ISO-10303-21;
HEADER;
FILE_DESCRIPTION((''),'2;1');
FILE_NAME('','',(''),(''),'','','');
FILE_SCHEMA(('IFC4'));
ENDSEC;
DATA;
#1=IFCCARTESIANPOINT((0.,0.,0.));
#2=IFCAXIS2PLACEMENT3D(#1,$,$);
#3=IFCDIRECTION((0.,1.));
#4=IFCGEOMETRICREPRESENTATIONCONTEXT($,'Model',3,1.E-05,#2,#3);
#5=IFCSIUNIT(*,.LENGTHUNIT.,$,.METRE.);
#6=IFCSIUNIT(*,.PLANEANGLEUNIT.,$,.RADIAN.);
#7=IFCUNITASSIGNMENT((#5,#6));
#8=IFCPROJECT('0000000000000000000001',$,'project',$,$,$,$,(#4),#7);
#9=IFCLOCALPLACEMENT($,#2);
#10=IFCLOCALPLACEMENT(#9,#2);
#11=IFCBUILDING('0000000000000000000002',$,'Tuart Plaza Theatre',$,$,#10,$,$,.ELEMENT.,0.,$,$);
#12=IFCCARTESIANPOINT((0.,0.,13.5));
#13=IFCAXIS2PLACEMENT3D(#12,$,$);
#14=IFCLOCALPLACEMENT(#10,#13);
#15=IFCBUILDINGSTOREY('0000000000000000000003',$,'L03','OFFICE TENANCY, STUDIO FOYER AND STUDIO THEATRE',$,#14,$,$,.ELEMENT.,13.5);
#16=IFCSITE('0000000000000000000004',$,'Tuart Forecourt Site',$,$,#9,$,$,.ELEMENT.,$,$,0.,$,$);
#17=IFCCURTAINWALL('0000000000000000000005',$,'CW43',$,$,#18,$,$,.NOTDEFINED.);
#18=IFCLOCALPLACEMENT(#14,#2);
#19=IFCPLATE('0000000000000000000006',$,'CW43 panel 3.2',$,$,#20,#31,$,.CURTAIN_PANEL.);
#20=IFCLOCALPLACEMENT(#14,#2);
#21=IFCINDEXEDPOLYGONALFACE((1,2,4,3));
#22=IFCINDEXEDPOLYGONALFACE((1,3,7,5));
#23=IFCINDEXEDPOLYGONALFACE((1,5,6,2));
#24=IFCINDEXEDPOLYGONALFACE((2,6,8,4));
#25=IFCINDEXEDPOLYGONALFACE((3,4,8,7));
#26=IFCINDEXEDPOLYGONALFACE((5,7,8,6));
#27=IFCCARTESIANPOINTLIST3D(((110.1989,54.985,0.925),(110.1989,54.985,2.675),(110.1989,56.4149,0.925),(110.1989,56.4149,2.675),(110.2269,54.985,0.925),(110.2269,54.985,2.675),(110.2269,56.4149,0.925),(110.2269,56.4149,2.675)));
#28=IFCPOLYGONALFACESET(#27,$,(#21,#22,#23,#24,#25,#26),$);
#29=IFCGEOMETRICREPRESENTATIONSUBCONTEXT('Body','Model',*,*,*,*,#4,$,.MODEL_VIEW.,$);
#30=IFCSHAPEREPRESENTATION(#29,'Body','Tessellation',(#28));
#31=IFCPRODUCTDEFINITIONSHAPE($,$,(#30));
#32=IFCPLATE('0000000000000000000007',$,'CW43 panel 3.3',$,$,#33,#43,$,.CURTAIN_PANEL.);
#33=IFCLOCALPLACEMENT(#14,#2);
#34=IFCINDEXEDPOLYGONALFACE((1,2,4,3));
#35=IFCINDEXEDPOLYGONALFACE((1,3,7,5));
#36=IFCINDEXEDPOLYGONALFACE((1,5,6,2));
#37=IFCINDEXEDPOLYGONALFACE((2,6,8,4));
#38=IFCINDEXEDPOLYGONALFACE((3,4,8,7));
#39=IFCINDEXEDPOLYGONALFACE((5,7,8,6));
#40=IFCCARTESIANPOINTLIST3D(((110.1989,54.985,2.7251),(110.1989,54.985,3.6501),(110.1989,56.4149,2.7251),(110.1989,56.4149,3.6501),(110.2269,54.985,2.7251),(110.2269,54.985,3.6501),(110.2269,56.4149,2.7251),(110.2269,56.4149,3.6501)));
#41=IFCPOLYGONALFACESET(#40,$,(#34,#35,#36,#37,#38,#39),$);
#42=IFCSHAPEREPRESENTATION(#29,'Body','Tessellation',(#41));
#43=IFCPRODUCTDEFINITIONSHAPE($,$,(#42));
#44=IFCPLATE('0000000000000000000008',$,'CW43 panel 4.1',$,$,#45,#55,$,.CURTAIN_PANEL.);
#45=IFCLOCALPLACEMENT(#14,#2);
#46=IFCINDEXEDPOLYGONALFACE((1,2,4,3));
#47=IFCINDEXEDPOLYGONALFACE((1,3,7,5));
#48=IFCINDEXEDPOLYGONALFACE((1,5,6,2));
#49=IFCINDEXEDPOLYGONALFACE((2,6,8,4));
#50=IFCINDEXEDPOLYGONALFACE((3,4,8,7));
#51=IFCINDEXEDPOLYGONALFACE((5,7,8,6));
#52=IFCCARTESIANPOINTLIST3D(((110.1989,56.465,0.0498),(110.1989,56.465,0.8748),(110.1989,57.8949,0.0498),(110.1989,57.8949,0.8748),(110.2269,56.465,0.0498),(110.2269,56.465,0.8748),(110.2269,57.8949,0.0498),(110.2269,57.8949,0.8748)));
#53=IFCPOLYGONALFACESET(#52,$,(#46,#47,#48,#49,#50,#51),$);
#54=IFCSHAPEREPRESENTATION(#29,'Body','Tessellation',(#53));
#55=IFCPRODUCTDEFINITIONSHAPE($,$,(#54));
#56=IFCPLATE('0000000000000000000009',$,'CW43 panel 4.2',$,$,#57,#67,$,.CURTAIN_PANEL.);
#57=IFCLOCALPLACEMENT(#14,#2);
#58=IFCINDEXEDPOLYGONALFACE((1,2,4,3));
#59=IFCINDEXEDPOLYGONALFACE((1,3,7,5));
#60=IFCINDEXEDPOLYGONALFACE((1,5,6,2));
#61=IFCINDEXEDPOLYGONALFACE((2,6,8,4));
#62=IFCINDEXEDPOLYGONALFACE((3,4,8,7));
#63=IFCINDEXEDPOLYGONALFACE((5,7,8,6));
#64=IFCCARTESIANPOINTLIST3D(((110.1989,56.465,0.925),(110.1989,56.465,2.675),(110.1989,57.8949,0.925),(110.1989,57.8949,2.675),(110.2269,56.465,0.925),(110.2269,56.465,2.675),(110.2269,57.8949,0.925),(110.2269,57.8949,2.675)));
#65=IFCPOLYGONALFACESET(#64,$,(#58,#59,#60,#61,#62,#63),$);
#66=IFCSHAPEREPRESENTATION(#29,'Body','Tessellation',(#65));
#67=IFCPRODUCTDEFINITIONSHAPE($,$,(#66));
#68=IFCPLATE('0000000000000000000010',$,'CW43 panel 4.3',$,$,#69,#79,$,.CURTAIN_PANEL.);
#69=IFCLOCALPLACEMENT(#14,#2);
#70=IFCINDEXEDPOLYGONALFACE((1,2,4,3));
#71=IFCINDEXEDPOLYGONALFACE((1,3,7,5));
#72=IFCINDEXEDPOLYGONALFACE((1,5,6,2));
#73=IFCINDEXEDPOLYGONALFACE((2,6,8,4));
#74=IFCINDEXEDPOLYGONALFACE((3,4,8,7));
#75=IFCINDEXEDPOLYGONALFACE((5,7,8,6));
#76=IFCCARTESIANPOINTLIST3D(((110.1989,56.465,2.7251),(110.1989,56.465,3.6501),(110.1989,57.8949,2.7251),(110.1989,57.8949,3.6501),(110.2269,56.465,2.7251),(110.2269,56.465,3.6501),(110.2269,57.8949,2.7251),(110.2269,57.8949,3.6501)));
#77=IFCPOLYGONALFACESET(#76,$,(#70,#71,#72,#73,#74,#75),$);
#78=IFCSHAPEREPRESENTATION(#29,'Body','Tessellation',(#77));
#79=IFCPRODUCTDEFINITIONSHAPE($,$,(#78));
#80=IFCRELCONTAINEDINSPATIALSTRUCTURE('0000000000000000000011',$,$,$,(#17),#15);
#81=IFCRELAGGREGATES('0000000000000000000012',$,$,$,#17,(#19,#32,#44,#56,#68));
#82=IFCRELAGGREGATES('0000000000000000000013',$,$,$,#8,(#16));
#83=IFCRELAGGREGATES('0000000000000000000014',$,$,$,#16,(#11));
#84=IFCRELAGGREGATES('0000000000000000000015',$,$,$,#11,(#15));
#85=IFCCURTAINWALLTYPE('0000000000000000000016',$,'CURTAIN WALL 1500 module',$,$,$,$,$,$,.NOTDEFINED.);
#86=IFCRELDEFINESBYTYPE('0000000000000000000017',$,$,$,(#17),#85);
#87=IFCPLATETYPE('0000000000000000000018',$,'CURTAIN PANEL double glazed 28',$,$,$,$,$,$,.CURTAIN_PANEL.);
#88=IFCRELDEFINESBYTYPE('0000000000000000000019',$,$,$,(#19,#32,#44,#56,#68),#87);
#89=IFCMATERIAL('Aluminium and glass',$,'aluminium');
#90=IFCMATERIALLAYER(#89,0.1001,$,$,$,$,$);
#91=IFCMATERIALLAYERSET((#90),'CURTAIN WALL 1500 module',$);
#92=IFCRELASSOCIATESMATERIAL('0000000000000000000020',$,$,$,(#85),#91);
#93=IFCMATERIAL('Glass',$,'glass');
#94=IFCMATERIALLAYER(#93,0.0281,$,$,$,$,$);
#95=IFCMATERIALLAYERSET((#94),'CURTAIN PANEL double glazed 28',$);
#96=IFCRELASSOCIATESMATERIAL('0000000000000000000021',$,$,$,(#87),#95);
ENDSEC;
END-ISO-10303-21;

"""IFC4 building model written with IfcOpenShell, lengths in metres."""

from ifc_helpers import new_model, si_unit, direction, frame, origin, origin_2d, place, context, subcontext, project, spatial, rectangle, extrude, material, layer, layer_set, type_object, element, aggregate, save


model = new_model("IFC4")

# Units and contexts
model_context = context("Model", 3, precision=1e-05, world=origin(), true_north=direction((0.0, 1.0)))
body_context = subcontext(model_context, "Body", "Model", "MODEL_VIEW")
ifc_project = project(units=[si_unit("LENGTHUNIT", "METRE"), si_unit("PLANEANGLEUNIT", "RADIAN")], contexts=[model_context])

# Site, building, storey
site_placement = place(None, origin())
site = spatial("IfcSite", under=ifc_project, at=site_placement, Name="Tuart Forecourt Site", CompositionType="ELEMENT", RefElevation=0.0)
building_placement = place(site_placement, origin())
building = spatial("IfcBuilding", under=site, at=building_placement, Name="Tuart Plaza Theatre", CompositionType="ELEMENT", ElevationOfRefHeight=0.0)
storey_placement = place(building_placement, frame((0.0, 0.0, 13.5)))
storey = spatial("IfcBuildingStorey", under=building, at=storey_placement, Name="L03", Description="OFFICE TENANCY, STUDIO FOYER AND STUDIO THEATRE", CompositionType="ELEMENT", Elevation=13.5)

# Curtain wall, plates
ifc_material_1 = material(Name="Aluminium and glass", Category="aluminium")
ifc_layer_1 = layer(ifc_material_1, 0.1001)
ifc_layer_set_1 = layer_set([ifc_layer_1], Name="CURTAIN WALL 1500 module")
curtain_wall_type = type_object("IfcCurtainWallType", Name="CURTAIN WALL 1500 module", PredefinedType="NOTDEFINED", material=ifc_layer_set_1)
curtain_wall_placement = place(storey_placement, origin())
curtain_wall = element("IfcCurtainWall", 1, at=curtain_wall_placement, inside=storey, type_object=curtain_wall_type, Name="CW43", PredefinedType="NOTDEFINED")
ifc_material_2 = material(Name="Glass", Category="glass")
ifc_layer_2 = layer(ifc_material_2, 0.0281)
ifc_layer_set_2 = layer_set([ifc_layer_2], Name="CURTAIN PANEL double glazed 28")
plate_type = type_object("IfcPlateType", Name="CURTAIN PANEL double glazed 28", PredefinedType="CURTAIN_PANEL", material=ifc_layer_set_2)
plate_1_placement = place(storey_placement, frame((110.2129, 55.7, 0.925), z_axis=(0.0, 0.0, 1.0), x_axis=(0.0, 1.0, 0.0)))
plate_1 = element("IfcPlate", 2, at=plate_1_placement, type_object=plate_type, Name="CW43 panel 3.2", PredefinedType="CURTAIN_PANEL", context=body_context, shape_type="SweptSolid", body=[
    extrude(rectangle(XDim=1.4299, YDim=0.0281, at=origin_2d()), origin(), (0.0, 0.0, 1.0), 1.75),
])
plate_2_placement = place(storey_placement, frame((110.2129, 55.7, 2.7251), z_axis=(0.0, 0.0, 1.0), x_axis=(0.0, 1.0, 0.0)))
plate_2 = element("IfcPlate", 3, at=plate_2_placement, type_object=plate_type, Name="CW43 panel 3.3", PredefinedType="CURTAIN_PANEL", context=body_context, shape_type="SweptSolid", body=[
    extrude(rectangle(XDim=1.4299, YDim=0.0281, at=origin_2d()), origin(), (0.0, 0.0, 1.0), 0.925),
])
plate_3_placement = place(storey_placement, frame((110.2129, 57.1799, 0.0498), z_axis=(0.0, 0.0, 1.0), x_axis=(0.0, 1.0, 0.0)))
plate_3 = element("IfcPlate", 4, at=plate_3_placement, type_object=plate_type, Name="CW43 panel 4.1", PredefinedType="CURTAIN_PANEL", context=body_context, shape_type="SweptSolid", body=[
    extrude(rectangle(XDim=1.4299, YDim=0.0281, at=origin_2d()), origin(), (0.0, 0.0, 1.0), 0.825),
])
plate_4_placement = place(storey_placement, frame((110.2129, 57.1799, 0.925), z_axis=(0.0, 0.0, 1.0), x_axis=(0.0, 1.0, 0.0)))
plate_4 = element("IfcPlate", 5, at=plate_4_placement, type_object=plate_type, Name="CW43 panel 4.2", PredefinedType="CURTAIN_PANEL", context=body_context, shape_type="SweptSolid", body=[
    extrude(rectangle(XDim=1.4299, YDim=0.0281, at=origin_2d()), origin(), (0.0, 0.0, 1.0), 1.75),
])
plate_5_placement = place(storey_placement, frame((110.2129, 57.1799, 2.7251), z_axis=(0.0, 0.0, 1.0), x_axis=(0.0, 1.0, 0.0)))
plate_5 = element("IfcPlate", 6, at=plate_5_placement, type_object=plate_type, Name="CW43 panel 4.3", PredefinedType="CURTAIN_PANEL", context=body_context, shape_type="SweptSolid", body=[
    extrude(rectangle(XDim=1.4299, YDim=0.0281, at=origin_2d()), origin(), (0.0, 0.0, 1.0), 0.925),
])
aggregate(curtain_wall, [plate_1, plate_2, plate_3, plate_4, plate_5])

save(model, "model.ifc")
